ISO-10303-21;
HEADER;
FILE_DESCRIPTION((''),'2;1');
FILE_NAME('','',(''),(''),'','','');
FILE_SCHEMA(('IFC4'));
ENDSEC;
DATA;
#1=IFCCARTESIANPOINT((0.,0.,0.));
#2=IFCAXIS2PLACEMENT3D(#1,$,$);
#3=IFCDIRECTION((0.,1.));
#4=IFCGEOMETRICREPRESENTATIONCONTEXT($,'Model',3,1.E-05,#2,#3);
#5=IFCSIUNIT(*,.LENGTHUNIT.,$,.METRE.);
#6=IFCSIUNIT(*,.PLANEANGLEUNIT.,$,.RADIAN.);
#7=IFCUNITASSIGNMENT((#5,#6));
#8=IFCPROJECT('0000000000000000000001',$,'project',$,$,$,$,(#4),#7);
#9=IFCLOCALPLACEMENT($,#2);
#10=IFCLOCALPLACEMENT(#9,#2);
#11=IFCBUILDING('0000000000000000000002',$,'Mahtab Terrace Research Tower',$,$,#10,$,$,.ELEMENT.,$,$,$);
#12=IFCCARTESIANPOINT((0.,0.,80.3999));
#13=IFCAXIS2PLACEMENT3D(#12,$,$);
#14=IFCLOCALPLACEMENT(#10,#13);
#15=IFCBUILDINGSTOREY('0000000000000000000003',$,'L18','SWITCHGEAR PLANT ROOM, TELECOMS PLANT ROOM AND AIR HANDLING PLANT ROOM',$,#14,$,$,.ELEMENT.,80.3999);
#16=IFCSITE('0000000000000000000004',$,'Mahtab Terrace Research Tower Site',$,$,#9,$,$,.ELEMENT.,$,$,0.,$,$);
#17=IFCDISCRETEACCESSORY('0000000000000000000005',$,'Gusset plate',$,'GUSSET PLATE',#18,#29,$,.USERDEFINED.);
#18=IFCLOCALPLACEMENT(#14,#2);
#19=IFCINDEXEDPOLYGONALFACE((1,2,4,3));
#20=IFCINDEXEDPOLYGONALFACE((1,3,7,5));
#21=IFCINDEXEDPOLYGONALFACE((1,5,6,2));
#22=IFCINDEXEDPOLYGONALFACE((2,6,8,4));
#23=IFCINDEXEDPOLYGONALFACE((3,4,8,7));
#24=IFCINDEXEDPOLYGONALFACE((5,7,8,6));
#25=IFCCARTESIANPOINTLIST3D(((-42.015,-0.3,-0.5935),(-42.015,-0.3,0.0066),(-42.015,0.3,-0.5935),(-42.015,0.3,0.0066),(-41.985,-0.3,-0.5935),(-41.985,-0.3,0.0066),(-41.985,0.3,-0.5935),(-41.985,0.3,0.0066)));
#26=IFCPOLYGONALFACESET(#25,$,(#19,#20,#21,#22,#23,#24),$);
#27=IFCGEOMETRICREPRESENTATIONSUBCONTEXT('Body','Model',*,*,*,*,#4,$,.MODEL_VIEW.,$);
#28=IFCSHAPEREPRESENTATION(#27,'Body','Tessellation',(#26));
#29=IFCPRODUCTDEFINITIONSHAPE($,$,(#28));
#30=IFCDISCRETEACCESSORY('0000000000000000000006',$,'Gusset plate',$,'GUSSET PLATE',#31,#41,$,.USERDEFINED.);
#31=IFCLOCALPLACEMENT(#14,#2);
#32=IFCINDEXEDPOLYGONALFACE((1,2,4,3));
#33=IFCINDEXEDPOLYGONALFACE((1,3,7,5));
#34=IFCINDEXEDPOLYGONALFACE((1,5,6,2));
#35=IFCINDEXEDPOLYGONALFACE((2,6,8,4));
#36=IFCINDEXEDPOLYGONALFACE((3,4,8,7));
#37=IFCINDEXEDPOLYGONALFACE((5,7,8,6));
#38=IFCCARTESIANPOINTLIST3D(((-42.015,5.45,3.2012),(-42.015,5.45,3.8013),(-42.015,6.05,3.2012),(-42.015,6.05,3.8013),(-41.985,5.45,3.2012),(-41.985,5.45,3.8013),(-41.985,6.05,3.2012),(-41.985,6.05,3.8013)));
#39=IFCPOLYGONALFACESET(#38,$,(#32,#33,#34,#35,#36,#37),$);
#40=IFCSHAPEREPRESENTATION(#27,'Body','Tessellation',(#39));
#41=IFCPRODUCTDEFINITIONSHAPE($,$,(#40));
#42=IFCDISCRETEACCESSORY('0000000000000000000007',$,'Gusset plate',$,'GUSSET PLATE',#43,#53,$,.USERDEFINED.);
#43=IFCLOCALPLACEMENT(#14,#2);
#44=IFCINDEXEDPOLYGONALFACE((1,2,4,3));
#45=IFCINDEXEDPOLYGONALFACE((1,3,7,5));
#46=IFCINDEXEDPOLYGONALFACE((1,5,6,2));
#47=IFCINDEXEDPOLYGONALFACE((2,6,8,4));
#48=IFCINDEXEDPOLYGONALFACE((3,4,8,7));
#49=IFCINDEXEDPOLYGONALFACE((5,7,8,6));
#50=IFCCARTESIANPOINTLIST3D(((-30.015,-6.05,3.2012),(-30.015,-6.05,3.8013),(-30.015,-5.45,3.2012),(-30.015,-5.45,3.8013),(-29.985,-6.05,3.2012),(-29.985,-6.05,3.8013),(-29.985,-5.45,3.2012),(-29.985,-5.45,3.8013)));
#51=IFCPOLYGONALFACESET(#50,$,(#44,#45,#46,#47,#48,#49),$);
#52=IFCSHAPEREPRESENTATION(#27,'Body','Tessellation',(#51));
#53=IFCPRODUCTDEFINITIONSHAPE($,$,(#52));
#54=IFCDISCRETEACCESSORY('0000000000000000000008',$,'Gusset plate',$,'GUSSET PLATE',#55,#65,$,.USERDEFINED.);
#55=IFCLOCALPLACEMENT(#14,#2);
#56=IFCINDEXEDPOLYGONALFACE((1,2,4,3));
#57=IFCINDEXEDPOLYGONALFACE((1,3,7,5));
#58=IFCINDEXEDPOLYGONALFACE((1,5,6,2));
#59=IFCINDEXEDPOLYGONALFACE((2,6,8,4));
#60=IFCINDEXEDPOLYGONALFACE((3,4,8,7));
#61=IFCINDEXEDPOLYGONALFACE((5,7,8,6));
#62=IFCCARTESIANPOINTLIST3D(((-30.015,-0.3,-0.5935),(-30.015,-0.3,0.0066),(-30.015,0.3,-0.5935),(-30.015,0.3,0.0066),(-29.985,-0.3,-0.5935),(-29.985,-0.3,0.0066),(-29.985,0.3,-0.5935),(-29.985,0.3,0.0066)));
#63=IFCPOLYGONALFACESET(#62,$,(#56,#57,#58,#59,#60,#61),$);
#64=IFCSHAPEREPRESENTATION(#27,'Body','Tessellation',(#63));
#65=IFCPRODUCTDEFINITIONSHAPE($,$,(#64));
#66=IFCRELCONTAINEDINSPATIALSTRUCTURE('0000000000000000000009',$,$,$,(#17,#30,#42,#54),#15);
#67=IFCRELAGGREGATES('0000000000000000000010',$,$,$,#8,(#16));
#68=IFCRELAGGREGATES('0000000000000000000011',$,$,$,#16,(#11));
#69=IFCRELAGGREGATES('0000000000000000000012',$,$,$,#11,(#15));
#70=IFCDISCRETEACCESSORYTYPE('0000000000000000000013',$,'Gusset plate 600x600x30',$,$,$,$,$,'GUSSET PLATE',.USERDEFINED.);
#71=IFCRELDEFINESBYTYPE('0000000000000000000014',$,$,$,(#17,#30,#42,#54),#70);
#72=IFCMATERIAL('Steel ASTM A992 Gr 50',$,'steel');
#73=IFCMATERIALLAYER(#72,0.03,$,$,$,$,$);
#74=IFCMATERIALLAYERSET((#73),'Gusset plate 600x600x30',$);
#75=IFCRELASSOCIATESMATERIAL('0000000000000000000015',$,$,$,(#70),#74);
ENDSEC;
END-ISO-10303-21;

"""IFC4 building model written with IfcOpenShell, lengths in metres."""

from ifc_helpers import new_model, si_unit, direction, frame, origin, origin_2d, place, context, subcontext, project, spatial, rectangle, extrude, material, layer, layer_set, type_object, element, save


model = new_model("IFC4")

# Units and contexts
model_context = context("Model", 3, precision=1e-05, world=origin(), true_north=direction((0.0, 1.0)))
body_context = subcontext(model_context, "Body", "Model", "MODEL_VIEW")
ifc_project = project(units=[si_unit("LENGTHUNIT", "METRE"), si_unit("PLANEANGLEUNIT", "RADIAN")], contexts=[model_context])

# Site, building, storey
site_placement = place(None, origin())
site = spatial("IfcSite", under=ifc_project, at=site_placement, Name="Mahtab Terrace Research Tower Site", CompositionType="ELEMENT", RefElevation=0.0)
building_placement = place(site_placement, origin())
building = spatial("IfcBuilding", under=site, at=building_placement, Name="Mahtab Terrace Research Tower", CompositionType="ELEMENT")
storey_placement = place(building_placement, frame((0.0, 0.0, 80.3999)))
storey = spatial("IfcBuildingStorey", under=building, at=storey_placement, Name="L18", Description="SWITCHGEAR PLANT ROOM, TELECOMS PLANT ROOM AND AIR HANDLING PLANT ROOM", CompositionType="ELEMENT", Elevation=80.3999)

# Shared definitions
ifc_material_1 = material(Name="Steel ASTM A992 Gr 50", Category="steel")

# Discrete accessories
ifc_layer_1 = layer(ifc_material_1, 0.03)
ifc_layer_set_1 = layer_set([ifc_layer_1], Name="Gusset plate 600x600x30")
discrete_accessory_type_1 = type_object("IfcDiscreteAccessoryType", Name="Gusset plate 600x600x30", ElementType="GUSSET PLATE", PredefinedType="USERDEFINED", material=ifc_layer_set_1)
for number, where, z_axis, x_axis, name in (
    (1, (-42.0, 0.0, -0.5935), (0.0, 0.0, 1.0), (0.0, 1.0, 0.0), "Gusset plate"),
    (2, (-42.0, 5.75, 3.2012), (0.0, 0.0, 1.0), (0.0, 1.0, 0.0), "Gusset plate"),
    (3, (-30.0, -5.75, 3.2012), (0.0, 0.0, 1.0), (0.0, 1.0, 0.0), "Gusset plate"),
    (4, (-30.0, 0.0, -0.5935), (0.0, 0.0, 1.0), (0.0, 1.0, 0.0), "Gusset plate"),
):
    element("IfcDiscreteAccessory", number, at=place(storey_placement, frame(where, z_axis=z_axis, x_axis=x_axis)), inside=storey, type_object=discrete_accessory_type_1, Name=name, ObjectType="GUSSET PLATE", PredefinedType="USERDEFINED", context=body_context, shape_type="SweptSolid", body=[
        extrude(rectangle(XDim=0.6001, YDim=0.03, at=origin_2d()), origin(), (0.0, 0.0, 1.0), 0.6001),
    ])

save(model, "model.ifc")
